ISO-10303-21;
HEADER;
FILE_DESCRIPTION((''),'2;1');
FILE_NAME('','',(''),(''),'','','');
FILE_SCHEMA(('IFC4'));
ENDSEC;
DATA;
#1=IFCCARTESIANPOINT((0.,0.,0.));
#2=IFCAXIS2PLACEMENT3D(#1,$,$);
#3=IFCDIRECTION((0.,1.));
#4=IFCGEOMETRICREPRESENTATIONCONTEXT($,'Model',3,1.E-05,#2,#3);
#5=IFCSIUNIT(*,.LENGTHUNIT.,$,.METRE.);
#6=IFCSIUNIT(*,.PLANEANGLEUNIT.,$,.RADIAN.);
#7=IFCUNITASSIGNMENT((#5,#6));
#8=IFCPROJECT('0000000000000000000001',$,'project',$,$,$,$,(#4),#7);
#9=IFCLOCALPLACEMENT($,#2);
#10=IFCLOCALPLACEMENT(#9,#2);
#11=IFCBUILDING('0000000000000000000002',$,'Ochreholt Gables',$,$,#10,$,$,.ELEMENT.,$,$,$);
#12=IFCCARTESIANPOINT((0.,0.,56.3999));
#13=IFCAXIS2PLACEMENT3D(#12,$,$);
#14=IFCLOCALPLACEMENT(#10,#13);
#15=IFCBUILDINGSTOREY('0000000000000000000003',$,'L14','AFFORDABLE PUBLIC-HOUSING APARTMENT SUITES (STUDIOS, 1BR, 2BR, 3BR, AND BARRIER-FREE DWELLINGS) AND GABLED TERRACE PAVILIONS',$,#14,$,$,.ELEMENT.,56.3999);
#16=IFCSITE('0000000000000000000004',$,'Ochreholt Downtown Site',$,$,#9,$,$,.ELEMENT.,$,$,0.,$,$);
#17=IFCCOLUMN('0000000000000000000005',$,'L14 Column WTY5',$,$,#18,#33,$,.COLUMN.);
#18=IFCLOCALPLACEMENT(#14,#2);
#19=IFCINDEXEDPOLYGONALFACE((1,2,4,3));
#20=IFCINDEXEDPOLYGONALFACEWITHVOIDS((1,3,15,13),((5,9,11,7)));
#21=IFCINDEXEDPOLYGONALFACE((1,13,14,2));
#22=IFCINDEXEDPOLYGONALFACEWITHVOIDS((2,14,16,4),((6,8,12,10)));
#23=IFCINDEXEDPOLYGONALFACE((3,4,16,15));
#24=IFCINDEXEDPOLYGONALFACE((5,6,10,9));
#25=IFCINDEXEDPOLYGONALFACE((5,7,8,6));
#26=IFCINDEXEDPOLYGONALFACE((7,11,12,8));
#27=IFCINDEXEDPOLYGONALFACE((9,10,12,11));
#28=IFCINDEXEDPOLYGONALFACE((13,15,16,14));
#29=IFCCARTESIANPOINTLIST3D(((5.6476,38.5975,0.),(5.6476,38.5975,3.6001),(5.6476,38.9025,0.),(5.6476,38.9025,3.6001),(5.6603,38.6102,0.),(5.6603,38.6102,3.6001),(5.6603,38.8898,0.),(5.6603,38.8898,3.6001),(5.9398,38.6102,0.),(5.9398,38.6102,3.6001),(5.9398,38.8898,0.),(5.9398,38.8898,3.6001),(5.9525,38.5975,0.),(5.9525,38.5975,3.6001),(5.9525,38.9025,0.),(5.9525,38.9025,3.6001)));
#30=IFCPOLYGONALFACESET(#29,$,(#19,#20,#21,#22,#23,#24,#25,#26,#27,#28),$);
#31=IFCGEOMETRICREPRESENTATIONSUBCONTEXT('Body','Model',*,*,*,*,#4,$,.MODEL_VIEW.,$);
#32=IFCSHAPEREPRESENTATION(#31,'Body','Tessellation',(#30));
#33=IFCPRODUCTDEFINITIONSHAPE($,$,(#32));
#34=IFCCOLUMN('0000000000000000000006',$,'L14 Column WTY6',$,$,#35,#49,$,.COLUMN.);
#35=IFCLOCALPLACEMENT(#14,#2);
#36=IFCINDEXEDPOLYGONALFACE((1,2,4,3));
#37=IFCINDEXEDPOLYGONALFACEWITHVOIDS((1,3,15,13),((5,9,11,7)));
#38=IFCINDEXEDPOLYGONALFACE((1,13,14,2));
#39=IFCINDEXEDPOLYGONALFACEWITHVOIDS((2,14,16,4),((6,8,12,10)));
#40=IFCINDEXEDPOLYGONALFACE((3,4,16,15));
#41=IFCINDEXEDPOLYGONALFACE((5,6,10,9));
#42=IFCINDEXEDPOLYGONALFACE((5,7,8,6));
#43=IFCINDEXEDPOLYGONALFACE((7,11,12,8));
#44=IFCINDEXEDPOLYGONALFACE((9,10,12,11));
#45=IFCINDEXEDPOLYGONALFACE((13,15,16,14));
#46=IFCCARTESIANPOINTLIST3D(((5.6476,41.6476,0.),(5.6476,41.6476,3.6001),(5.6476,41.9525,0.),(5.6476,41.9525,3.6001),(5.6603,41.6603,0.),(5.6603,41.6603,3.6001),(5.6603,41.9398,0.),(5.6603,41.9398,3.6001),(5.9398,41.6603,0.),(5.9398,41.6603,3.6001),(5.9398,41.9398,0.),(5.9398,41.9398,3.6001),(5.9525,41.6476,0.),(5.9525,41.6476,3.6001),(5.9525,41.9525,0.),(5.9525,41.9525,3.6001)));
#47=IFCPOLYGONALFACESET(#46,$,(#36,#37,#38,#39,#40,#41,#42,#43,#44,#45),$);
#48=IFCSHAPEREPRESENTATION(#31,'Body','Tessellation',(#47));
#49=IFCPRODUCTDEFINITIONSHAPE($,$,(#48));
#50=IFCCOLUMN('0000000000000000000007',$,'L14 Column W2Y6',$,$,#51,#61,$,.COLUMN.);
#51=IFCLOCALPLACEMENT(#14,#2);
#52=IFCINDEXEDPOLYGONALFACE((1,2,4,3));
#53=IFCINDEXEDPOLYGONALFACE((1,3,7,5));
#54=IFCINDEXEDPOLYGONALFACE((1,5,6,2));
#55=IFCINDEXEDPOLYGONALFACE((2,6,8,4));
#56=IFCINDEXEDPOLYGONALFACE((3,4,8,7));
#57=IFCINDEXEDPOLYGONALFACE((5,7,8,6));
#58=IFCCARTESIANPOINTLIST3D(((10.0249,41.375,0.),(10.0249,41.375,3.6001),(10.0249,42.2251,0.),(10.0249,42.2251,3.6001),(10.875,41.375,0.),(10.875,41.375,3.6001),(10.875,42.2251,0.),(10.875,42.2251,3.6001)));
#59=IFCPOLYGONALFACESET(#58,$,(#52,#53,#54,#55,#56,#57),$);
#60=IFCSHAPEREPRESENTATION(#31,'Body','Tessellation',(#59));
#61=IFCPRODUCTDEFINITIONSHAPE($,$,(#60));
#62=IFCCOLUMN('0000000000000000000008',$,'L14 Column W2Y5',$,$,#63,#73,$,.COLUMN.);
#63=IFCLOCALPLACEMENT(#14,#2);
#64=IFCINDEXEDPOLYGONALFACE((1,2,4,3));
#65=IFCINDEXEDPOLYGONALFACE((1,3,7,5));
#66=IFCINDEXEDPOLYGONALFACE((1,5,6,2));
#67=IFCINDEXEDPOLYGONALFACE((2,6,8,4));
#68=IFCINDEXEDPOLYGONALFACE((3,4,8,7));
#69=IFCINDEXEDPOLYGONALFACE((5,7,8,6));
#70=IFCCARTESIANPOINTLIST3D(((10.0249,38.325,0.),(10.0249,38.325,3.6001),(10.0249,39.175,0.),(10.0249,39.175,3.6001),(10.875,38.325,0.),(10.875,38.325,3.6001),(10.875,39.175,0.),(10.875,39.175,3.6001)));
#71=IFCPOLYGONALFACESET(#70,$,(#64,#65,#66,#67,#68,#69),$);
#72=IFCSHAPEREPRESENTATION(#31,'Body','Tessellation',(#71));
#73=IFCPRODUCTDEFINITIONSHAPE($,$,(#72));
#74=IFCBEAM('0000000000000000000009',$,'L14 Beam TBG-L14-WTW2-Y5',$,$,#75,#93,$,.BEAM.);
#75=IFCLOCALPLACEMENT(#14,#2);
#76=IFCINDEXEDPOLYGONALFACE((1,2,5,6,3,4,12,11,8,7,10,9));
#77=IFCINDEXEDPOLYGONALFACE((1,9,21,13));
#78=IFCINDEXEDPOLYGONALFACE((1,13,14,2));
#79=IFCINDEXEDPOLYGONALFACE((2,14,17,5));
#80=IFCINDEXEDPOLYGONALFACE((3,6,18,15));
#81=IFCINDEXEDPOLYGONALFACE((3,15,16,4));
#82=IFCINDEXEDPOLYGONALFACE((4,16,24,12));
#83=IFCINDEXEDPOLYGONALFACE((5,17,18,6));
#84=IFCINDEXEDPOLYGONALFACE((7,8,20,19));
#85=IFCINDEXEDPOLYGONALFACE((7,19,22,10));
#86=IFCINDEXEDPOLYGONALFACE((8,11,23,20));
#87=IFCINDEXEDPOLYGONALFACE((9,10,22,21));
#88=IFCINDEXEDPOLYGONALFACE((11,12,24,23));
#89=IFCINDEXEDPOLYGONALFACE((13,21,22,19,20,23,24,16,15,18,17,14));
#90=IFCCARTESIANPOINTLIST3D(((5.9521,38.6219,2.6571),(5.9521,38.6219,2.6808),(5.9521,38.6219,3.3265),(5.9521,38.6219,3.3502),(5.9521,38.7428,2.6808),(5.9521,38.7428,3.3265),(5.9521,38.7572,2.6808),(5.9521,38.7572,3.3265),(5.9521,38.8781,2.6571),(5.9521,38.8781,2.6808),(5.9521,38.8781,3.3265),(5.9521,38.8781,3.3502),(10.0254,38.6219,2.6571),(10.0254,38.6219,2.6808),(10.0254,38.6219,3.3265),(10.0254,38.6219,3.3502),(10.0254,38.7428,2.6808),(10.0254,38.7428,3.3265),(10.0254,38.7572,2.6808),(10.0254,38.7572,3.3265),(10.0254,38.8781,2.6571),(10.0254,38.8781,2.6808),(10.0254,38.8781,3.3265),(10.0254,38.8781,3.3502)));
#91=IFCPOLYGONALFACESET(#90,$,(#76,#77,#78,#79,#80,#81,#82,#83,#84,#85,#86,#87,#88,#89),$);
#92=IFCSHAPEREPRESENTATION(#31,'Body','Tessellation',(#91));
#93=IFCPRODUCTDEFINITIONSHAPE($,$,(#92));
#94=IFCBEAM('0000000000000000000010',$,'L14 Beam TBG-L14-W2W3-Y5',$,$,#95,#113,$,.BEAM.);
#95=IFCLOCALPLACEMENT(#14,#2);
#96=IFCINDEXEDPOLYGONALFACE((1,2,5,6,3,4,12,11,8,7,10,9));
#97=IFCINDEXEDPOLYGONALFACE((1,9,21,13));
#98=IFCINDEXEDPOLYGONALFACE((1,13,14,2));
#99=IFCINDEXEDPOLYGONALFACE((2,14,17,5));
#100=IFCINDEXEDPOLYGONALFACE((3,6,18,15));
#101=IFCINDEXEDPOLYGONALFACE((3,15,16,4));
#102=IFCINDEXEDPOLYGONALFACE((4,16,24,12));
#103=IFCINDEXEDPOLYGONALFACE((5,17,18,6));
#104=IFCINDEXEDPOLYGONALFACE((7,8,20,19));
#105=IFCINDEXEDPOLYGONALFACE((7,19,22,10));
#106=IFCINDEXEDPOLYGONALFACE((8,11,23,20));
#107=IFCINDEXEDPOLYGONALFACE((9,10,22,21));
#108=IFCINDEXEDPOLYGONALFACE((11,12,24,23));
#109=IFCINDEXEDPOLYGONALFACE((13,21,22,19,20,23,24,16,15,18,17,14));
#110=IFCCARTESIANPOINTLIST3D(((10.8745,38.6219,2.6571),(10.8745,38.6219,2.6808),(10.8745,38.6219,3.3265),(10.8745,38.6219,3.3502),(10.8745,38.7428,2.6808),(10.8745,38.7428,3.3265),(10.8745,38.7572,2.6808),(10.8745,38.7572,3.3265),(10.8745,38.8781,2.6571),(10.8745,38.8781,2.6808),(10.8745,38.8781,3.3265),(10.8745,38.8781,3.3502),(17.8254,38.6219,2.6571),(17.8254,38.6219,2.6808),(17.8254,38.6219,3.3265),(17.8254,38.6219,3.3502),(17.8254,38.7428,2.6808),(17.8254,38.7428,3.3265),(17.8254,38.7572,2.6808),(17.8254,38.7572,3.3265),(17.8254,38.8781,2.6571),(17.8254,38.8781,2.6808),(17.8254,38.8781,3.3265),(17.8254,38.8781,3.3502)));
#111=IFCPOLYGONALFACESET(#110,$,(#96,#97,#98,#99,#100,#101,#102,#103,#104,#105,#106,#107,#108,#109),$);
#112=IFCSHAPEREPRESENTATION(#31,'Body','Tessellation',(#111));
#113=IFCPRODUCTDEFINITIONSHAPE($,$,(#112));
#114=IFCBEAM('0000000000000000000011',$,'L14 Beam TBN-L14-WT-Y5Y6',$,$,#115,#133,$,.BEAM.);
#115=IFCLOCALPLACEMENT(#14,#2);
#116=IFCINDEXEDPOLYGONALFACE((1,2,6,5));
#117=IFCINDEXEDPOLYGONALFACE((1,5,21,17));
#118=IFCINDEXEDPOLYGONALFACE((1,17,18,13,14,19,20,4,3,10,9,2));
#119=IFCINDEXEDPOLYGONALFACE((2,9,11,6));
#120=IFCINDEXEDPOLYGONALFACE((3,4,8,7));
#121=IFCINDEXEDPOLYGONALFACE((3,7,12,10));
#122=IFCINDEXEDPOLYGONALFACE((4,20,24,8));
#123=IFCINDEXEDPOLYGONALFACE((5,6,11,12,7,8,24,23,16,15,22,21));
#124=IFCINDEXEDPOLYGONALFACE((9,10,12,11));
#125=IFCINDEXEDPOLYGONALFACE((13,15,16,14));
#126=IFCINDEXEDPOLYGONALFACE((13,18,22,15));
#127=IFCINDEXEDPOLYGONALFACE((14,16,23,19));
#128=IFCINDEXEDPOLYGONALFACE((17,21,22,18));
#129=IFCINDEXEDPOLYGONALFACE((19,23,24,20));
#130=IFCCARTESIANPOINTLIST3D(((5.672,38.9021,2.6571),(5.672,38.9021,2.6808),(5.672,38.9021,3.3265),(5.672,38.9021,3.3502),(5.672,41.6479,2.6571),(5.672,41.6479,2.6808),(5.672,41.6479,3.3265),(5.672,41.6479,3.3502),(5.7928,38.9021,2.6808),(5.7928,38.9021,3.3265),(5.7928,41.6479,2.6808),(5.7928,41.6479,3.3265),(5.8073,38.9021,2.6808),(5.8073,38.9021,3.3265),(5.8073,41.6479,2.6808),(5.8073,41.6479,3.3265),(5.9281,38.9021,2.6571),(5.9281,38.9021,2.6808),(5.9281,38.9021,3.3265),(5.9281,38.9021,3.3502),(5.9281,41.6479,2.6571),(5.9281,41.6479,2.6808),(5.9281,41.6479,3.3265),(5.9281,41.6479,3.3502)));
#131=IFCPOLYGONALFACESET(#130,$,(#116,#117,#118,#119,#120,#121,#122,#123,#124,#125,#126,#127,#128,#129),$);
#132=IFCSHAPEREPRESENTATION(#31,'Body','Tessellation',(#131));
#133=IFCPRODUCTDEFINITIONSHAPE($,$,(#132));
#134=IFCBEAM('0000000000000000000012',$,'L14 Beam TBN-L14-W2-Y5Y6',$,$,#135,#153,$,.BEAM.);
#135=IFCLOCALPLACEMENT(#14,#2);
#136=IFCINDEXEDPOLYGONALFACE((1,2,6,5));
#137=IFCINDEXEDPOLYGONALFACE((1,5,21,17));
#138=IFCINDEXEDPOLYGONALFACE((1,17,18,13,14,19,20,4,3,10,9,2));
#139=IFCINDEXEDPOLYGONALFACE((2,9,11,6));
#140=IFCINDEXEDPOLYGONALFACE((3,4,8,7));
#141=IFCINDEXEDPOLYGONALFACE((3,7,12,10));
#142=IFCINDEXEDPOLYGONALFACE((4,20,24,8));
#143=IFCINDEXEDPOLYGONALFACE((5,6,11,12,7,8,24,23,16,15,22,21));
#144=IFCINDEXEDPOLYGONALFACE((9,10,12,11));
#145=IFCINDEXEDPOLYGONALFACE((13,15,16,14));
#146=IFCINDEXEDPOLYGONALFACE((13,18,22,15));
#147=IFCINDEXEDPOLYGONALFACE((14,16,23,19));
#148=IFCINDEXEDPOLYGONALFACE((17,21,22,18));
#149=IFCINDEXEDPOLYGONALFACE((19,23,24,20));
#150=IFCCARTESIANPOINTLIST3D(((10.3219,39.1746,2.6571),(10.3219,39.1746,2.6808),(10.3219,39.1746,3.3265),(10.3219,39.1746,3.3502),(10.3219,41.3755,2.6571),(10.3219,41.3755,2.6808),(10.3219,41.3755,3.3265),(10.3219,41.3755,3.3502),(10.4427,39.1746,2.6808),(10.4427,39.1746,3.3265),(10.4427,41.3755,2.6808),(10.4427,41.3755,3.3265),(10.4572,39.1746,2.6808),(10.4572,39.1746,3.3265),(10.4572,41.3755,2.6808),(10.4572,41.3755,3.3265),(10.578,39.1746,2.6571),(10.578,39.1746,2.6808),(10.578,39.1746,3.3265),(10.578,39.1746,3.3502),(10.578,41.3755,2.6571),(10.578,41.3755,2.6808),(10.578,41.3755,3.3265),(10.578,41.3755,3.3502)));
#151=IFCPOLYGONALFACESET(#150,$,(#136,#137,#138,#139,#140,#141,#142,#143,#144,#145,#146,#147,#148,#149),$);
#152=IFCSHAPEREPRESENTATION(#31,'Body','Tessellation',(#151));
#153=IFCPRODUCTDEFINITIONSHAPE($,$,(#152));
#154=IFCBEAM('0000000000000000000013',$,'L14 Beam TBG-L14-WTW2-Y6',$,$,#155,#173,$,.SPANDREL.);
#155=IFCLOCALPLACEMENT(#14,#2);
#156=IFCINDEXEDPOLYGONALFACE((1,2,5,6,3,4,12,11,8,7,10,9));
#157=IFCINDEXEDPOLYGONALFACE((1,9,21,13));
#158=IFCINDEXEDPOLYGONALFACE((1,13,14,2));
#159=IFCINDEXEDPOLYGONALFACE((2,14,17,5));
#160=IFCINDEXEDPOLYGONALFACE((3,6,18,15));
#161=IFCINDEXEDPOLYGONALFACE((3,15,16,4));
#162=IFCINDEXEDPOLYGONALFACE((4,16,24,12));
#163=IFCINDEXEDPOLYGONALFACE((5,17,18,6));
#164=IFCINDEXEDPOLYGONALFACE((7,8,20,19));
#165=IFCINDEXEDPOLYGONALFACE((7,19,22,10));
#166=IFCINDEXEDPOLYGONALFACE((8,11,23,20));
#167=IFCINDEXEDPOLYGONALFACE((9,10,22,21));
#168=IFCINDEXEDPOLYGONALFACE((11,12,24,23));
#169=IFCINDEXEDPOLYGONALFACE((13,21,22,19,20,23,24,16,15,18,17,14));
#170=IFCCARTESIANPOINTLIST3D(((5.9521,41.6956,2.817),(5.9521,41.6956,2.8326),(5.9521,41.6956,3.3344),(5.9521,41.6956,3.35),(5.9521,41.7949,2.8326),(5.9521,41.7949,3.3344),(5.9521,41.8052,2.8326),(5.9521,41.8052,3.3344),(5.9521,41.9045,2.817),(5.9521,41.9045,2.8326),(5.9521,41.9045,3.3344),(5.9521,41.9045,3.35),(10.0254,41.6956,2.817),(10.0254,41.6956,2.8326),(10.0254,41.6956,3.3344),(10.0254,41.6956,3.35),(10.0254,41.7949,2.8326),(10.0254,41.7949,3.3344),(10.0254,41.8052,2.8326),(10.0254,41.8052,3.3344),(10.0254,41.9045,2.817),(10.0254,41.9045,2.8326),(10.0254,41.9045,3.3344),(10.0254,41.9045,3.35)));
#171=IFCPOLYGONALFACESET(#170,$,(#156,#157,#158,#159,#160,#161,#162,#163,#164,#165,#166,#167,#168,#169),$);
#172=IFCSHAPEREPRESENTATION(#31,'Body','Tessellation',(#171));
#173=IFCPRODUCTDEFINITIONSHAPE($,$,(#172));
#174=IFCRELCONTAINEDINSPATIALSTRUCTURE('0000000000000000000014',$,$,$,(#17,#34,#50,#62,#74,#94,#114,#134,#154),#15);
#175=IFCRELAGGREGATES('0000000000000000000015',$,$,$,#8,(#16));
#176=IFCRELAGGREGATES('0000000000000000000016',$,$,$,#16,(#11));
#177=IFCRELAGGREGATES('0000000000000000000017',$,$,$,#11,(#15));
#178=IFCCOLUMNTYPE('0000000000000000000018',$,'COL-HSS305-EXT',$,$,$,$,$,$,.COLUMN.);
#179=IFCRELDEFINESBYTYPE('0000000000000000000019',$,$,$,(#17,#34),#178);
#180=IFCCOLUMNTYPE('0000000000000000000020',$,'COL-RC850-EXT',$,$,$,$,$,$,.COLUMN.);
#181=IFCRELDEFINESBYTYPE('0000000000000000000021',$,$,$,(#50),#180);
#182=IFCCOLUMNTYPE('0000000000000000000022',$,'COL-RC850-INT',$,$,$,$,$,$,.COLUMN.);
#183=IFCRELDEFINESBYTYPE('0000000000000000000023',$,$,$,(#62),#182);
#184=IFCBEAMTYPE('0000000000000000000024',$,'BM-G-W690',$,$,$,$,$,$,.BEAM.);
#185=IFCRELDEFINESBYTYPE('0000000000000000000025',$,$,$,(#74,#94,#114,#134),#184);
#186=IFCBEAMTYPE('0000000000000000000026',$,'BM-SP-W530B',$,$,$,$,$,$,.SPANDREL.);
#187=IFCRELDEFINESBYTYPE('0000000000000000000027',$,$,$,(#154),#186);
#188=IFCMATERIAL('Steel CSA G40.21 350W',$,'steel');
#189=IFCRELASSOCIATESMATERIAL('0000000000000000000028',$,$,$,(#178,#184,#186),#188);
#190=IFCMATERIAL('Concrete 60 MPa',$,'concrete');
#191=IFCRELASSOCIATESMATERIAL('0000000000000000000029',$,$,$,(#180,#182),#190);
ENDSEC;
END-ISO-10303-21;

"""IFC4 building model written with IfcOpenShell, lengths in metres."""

from ifc_helpers import new_model, si_unit, direction, frame, origin, origin_2d, place, context, subcontext, project, spatial, rectangle, hollow_rectangle, i_section, extrude, material, material_profile, profile_set, type_object, element, save


model = new_model("IFC4")

# Units and contexts
model_context = context("Model", 3, precision=1e-05, world=origin(), true_north=direction((0.0, 1.0)))
body_context = subcontext(model_context, "Body", "Model", "MODEL_VIEW")
ifc_project = project(units=[si_unit("LENGTHUNIT", "METRE"), si_unit("PLANEANGLEUNIT", "RADIAN")], contexts=[model_context])

# Site, building, storey
site_placement = place(None, origin())
site = spatial("IfcSite", under=ifc_project, at=site_placement, Name="Ochreholt Downtown Site", CompositionType="ELEMENT", RefElevation=0.0)
building_placement = place(site_placement, origin())
building = spatial("IfcBuilding", under=site, at=building_placement, Name="Ochreholt Gables", CompositionType="ELEMENT")
storey_placement = place(building_placement, frame((0.0, 0.0, 56.3999)))
storey = spatial("IfcBuildingStorey", under=building, at=storey_placement, Name="L14", Description="AFFORDABLE PUBLIC-HOUSING APARTMENT SUITES (STUDIOS, 1BR, 2BR, 3BR, AND BARRIER-FREE DWELLINGS) AND GABLED TERRACE PAVILIONS", CompositionType="ELEMENT", Elevation=56.3999)

# Columns
ifc_material_1 = material(Name="Steel CSA G40.21 350W", Category="steel")
ifc_material_profile_1 = material_profile(ifc_material_1, hollow_rectangle(XDim=0.3049, YDim=0.3049, WallThickness=0.0127, at=origin_2d()), Name="HSS305X305X13")
ifc_profile_set_1 = profile_set([ifc_material_profile_1], Name="Steel CSA G40.21 350W")
column_type_1 = type_object("IfcColumnType", Name="COL-HSS305-EXT", PredefinedType="COLUMN", material=ifc_profile_set_1)
for number, where, z_axis, x_axis, name in (
    (1, (5.8, 38.75, 0.0), (0.0, 0.0, 1.0), (1.0, 0.0, 0.0), "L14 Column WTY5"),
    (2, (5.8, 41.8, 0.0), (0.0, 0.0, 1.0), (1.0, 0.0, 0.0), "L14 Column WTY6"),
):
    element("IfcColumn", number, at=place(storey_placement, frame(where, z_axis=z_axis, x_axis=x_axis)), inside=storey, type_object=column_type_1, Name=name, PredefinedType="COLUMN", context=body_context, shape_type="SweptSolid", body=[
        extrude(hollow_rectangle(XDim=0.3049, YDim=0.3049, WallThickness=0.0127, at=origin_2d()), origin(), (0.0, 0.0, 1.0), 3.6001),
    ])
ifc_material_2 = material(Name="Concrete 60 MPa", Category="concrete")
ifc_material_profile_2 = material_profile(ifc_material_2, rectangle(XDim=0.8501, YDim=0.8501, at=origin_2d()), Name="RC850X850")
ifc_profile_set_2 = profile_set([ifc_material_profile_2], Name="Concrete 60 MPa")
column_type_2 = type_object("IfcColumnType", Name="COL-RC850-EXT", PredefinedType="COLUMN", material=ifc_profile_set_2)
column_1_placement = place(storey_placement, frame((10.45, 41.8, 0.0), z_axis=(0.0, 0.0, 1.0), x_axis=(1.0, 0.0, 0.0)))
element("IfcColumn", 3, at=column_1_placement, inside=storey, type_object=column_type_2, Name="L14 Column W2Y6", PredefinedType="COLUMN", context=body_context, shape_type="SweptSolid", body=[
    extrude(rectangle(XDim=0.8501, YDim=0.8501, at=origin_2d()), origin(), (0.0, 0.0, 1.0), 3.6001),
])
ifc_material_profile_3 = material_profile(ifc_material_2, rectangle(XDim=0.8501, YDim=0.8501, at=origin_2d()), Name="RC850X850")
ifc_profile_set_3 = profile_set([ifc_material_profile_3], Name="Concrete 60 MPa")
column_type_3 = type_object("IfcColumnType", Name="COL-RC850-INT", PredefinedType="COLUMN", material=ifc_profile_set_3)
column_2_placement = place(storey_placement, frame((10.45, 38.75, 0.0), z_axis=(0.0, 0.0, 1.0), x_axis=(1.0, 0.0, 0.0)))
element("IfcColumn", 4, at=column_2_placement, inside=storey, type_object=column_type_3, Name="L14 Column W2Y5", PredefinedType="COLUMN", context=body_context, shape_type="SweptSolid", body=[
    extrude(rectangle(XDim=0.8501, YDim=0.8501, at=origin_2d()), origin(), (0.0, 0.0, 1.0), 3.6001),
])

# Beams
ifc_material_profile_4 = material_profile(ifc_material_1, i_section(OverallWidth=0.2561, OverallDepth=0.6931, WebThickness=0.0144, FlangeThickness=0.0237, at=origin_2d()), Name="W690X170")
ifc_profile_set_4 = profile_set([ifc_material_profile_4], Name="Steel CSA G40.21 350W")
beam_type_1 = type_object("IfcBeamType", Name="BM-G-W690", PredefinedType="BEAM", material=ifc_profile_set_4)
beam_1_placement = place(storey_placement, frame((5.9521, 38.75, 3.0037), z_axis=(1.0, 0.0, 0.0), x_axis=(0.0, 1.0, 0.0)))
element("IfcBeam", 5, at=beam_1_placement, inside=storey, type_object=beam_type_1, Name="L14 Beam TBG-L14-WTW2-Y5", PredefinedType="BEAM", context=body_context, shape_type="SweptSolid", body=[
    extrude(i_section(OverallWidth=0.2561, OverallDepth=0.6931, WebThickness=0.0144, FlangeThickness=0.0237, at=origin_2d()), origin(), (0.0, 0.0, 1.0), 4.0732),
])
beam_2_placement = place(storey_placement, frame((10.8745, 38.75, 3.0037), z_axis=(1.0, 0.0, 0.0), x_axis=(0.0, 1.0, 0.0)))
element("IfcBeam", 6, at=beam_2_placement, inside=storey, type_object=beam_type_1, Name="L14 Beam TBG-L14-W2W3-Y5", PredefinedType="BEAM", context=body_context, shape_type="SweptSolid", body=[
    extrude(i_section(OverallWidth=0.2561, OverallDepth=0.6931, WebThickness=0.0144, FlangeThickness=0.0237, at=origin_2d()), origin(), (0.0, 0.0, 1.0), 6.9509),
])
beam_3_placement = place(storey_placement, frame((5.8, 38.9021, 3.0037), z_axis=(0.0, 1.0, 0.0), x_axis=(-1.0, 0.0, 0.0)))
element("IfcBeam", 7, at=beam_3_placement, inside=storey, type_object=beam_type_1, Name="L14 Beam TBN-L14-WT-Y5Y6", PredefinedType="BEAM", context=body_context, shape_type="SweptSolid", body=[
    extrude(i_section(OverallWidth=0.2561, OverallDepth=0.6931, WebThickness=0.0144, FlangeThickness=0.0237, at=origin_2d()), origin(), (0.0, 0.0, 1.0), 2.7458),
])
beam_4_placement = place(storey_placement, frame((10.45, 39.1746, 3.0037), z_axis=(0.0, 1.0, 0.0), x_axis=(-1.0, 0.0, 0.0)))
element("IfcBeam", 8, at=beam_4_placement, inside=storey, type_object=beam_type_1, Name="L14 Beam TBN-L14-W2-Y5Y6", PredefinedType="BEAM", context=body_context, shape_type="SweptSolid", body=[
    extrude(i_section(OverallWidth=0.2561, OverallDepth=0.6931, WebThickness=0.0144, FlangeThickness=0.0237, at=origin_2d()), origin(), (0.0, 0.0, 1.0), 2.2009),
])
ifc_material_profile_5 = material_profile(ifc_material_1, i_section(OverallWidth=0.209, OverallDepth=0.533, WebThickness=0.0103, FlangeThickness=0.0156, at=origin_2d()), Name="W530X92")
ifc_profile_set_5 = profile_set([ifc_material_profile_5], Name="Steel CSA G40.21 350W")
beam_type_2 = type_object("IfcBeamType", Name="BM-SP-W530B", PredefinedType="SPANDREL", material=ifc_profile_set_5)
beam_5_placement = place(storey_placement, frame((5.9521, 41.8, 3.0835), z_axis=(1.0, 0.0, 0.0), x_axis=(0.0, 1.0, 0.0)))
element("IfcBeam", 9, at=beam_5_placement, inside=storey, type_object=beam_type_2, Name="L14 Beam TBG-L14-WTW2-Y6", PredefinedType="SPANDREL", context=body_context, shape_type="SweptSolid", body=[
    extrude(i_section(OverallWidth=0.209, OverallDepth=0.533, WebThickness=0.0103, FlangeThickness=0.0156, at=origin_2d()), origin(), (0.0, 0.0, 1.0), 4.0732),
])

save(model, "model.ifc")
